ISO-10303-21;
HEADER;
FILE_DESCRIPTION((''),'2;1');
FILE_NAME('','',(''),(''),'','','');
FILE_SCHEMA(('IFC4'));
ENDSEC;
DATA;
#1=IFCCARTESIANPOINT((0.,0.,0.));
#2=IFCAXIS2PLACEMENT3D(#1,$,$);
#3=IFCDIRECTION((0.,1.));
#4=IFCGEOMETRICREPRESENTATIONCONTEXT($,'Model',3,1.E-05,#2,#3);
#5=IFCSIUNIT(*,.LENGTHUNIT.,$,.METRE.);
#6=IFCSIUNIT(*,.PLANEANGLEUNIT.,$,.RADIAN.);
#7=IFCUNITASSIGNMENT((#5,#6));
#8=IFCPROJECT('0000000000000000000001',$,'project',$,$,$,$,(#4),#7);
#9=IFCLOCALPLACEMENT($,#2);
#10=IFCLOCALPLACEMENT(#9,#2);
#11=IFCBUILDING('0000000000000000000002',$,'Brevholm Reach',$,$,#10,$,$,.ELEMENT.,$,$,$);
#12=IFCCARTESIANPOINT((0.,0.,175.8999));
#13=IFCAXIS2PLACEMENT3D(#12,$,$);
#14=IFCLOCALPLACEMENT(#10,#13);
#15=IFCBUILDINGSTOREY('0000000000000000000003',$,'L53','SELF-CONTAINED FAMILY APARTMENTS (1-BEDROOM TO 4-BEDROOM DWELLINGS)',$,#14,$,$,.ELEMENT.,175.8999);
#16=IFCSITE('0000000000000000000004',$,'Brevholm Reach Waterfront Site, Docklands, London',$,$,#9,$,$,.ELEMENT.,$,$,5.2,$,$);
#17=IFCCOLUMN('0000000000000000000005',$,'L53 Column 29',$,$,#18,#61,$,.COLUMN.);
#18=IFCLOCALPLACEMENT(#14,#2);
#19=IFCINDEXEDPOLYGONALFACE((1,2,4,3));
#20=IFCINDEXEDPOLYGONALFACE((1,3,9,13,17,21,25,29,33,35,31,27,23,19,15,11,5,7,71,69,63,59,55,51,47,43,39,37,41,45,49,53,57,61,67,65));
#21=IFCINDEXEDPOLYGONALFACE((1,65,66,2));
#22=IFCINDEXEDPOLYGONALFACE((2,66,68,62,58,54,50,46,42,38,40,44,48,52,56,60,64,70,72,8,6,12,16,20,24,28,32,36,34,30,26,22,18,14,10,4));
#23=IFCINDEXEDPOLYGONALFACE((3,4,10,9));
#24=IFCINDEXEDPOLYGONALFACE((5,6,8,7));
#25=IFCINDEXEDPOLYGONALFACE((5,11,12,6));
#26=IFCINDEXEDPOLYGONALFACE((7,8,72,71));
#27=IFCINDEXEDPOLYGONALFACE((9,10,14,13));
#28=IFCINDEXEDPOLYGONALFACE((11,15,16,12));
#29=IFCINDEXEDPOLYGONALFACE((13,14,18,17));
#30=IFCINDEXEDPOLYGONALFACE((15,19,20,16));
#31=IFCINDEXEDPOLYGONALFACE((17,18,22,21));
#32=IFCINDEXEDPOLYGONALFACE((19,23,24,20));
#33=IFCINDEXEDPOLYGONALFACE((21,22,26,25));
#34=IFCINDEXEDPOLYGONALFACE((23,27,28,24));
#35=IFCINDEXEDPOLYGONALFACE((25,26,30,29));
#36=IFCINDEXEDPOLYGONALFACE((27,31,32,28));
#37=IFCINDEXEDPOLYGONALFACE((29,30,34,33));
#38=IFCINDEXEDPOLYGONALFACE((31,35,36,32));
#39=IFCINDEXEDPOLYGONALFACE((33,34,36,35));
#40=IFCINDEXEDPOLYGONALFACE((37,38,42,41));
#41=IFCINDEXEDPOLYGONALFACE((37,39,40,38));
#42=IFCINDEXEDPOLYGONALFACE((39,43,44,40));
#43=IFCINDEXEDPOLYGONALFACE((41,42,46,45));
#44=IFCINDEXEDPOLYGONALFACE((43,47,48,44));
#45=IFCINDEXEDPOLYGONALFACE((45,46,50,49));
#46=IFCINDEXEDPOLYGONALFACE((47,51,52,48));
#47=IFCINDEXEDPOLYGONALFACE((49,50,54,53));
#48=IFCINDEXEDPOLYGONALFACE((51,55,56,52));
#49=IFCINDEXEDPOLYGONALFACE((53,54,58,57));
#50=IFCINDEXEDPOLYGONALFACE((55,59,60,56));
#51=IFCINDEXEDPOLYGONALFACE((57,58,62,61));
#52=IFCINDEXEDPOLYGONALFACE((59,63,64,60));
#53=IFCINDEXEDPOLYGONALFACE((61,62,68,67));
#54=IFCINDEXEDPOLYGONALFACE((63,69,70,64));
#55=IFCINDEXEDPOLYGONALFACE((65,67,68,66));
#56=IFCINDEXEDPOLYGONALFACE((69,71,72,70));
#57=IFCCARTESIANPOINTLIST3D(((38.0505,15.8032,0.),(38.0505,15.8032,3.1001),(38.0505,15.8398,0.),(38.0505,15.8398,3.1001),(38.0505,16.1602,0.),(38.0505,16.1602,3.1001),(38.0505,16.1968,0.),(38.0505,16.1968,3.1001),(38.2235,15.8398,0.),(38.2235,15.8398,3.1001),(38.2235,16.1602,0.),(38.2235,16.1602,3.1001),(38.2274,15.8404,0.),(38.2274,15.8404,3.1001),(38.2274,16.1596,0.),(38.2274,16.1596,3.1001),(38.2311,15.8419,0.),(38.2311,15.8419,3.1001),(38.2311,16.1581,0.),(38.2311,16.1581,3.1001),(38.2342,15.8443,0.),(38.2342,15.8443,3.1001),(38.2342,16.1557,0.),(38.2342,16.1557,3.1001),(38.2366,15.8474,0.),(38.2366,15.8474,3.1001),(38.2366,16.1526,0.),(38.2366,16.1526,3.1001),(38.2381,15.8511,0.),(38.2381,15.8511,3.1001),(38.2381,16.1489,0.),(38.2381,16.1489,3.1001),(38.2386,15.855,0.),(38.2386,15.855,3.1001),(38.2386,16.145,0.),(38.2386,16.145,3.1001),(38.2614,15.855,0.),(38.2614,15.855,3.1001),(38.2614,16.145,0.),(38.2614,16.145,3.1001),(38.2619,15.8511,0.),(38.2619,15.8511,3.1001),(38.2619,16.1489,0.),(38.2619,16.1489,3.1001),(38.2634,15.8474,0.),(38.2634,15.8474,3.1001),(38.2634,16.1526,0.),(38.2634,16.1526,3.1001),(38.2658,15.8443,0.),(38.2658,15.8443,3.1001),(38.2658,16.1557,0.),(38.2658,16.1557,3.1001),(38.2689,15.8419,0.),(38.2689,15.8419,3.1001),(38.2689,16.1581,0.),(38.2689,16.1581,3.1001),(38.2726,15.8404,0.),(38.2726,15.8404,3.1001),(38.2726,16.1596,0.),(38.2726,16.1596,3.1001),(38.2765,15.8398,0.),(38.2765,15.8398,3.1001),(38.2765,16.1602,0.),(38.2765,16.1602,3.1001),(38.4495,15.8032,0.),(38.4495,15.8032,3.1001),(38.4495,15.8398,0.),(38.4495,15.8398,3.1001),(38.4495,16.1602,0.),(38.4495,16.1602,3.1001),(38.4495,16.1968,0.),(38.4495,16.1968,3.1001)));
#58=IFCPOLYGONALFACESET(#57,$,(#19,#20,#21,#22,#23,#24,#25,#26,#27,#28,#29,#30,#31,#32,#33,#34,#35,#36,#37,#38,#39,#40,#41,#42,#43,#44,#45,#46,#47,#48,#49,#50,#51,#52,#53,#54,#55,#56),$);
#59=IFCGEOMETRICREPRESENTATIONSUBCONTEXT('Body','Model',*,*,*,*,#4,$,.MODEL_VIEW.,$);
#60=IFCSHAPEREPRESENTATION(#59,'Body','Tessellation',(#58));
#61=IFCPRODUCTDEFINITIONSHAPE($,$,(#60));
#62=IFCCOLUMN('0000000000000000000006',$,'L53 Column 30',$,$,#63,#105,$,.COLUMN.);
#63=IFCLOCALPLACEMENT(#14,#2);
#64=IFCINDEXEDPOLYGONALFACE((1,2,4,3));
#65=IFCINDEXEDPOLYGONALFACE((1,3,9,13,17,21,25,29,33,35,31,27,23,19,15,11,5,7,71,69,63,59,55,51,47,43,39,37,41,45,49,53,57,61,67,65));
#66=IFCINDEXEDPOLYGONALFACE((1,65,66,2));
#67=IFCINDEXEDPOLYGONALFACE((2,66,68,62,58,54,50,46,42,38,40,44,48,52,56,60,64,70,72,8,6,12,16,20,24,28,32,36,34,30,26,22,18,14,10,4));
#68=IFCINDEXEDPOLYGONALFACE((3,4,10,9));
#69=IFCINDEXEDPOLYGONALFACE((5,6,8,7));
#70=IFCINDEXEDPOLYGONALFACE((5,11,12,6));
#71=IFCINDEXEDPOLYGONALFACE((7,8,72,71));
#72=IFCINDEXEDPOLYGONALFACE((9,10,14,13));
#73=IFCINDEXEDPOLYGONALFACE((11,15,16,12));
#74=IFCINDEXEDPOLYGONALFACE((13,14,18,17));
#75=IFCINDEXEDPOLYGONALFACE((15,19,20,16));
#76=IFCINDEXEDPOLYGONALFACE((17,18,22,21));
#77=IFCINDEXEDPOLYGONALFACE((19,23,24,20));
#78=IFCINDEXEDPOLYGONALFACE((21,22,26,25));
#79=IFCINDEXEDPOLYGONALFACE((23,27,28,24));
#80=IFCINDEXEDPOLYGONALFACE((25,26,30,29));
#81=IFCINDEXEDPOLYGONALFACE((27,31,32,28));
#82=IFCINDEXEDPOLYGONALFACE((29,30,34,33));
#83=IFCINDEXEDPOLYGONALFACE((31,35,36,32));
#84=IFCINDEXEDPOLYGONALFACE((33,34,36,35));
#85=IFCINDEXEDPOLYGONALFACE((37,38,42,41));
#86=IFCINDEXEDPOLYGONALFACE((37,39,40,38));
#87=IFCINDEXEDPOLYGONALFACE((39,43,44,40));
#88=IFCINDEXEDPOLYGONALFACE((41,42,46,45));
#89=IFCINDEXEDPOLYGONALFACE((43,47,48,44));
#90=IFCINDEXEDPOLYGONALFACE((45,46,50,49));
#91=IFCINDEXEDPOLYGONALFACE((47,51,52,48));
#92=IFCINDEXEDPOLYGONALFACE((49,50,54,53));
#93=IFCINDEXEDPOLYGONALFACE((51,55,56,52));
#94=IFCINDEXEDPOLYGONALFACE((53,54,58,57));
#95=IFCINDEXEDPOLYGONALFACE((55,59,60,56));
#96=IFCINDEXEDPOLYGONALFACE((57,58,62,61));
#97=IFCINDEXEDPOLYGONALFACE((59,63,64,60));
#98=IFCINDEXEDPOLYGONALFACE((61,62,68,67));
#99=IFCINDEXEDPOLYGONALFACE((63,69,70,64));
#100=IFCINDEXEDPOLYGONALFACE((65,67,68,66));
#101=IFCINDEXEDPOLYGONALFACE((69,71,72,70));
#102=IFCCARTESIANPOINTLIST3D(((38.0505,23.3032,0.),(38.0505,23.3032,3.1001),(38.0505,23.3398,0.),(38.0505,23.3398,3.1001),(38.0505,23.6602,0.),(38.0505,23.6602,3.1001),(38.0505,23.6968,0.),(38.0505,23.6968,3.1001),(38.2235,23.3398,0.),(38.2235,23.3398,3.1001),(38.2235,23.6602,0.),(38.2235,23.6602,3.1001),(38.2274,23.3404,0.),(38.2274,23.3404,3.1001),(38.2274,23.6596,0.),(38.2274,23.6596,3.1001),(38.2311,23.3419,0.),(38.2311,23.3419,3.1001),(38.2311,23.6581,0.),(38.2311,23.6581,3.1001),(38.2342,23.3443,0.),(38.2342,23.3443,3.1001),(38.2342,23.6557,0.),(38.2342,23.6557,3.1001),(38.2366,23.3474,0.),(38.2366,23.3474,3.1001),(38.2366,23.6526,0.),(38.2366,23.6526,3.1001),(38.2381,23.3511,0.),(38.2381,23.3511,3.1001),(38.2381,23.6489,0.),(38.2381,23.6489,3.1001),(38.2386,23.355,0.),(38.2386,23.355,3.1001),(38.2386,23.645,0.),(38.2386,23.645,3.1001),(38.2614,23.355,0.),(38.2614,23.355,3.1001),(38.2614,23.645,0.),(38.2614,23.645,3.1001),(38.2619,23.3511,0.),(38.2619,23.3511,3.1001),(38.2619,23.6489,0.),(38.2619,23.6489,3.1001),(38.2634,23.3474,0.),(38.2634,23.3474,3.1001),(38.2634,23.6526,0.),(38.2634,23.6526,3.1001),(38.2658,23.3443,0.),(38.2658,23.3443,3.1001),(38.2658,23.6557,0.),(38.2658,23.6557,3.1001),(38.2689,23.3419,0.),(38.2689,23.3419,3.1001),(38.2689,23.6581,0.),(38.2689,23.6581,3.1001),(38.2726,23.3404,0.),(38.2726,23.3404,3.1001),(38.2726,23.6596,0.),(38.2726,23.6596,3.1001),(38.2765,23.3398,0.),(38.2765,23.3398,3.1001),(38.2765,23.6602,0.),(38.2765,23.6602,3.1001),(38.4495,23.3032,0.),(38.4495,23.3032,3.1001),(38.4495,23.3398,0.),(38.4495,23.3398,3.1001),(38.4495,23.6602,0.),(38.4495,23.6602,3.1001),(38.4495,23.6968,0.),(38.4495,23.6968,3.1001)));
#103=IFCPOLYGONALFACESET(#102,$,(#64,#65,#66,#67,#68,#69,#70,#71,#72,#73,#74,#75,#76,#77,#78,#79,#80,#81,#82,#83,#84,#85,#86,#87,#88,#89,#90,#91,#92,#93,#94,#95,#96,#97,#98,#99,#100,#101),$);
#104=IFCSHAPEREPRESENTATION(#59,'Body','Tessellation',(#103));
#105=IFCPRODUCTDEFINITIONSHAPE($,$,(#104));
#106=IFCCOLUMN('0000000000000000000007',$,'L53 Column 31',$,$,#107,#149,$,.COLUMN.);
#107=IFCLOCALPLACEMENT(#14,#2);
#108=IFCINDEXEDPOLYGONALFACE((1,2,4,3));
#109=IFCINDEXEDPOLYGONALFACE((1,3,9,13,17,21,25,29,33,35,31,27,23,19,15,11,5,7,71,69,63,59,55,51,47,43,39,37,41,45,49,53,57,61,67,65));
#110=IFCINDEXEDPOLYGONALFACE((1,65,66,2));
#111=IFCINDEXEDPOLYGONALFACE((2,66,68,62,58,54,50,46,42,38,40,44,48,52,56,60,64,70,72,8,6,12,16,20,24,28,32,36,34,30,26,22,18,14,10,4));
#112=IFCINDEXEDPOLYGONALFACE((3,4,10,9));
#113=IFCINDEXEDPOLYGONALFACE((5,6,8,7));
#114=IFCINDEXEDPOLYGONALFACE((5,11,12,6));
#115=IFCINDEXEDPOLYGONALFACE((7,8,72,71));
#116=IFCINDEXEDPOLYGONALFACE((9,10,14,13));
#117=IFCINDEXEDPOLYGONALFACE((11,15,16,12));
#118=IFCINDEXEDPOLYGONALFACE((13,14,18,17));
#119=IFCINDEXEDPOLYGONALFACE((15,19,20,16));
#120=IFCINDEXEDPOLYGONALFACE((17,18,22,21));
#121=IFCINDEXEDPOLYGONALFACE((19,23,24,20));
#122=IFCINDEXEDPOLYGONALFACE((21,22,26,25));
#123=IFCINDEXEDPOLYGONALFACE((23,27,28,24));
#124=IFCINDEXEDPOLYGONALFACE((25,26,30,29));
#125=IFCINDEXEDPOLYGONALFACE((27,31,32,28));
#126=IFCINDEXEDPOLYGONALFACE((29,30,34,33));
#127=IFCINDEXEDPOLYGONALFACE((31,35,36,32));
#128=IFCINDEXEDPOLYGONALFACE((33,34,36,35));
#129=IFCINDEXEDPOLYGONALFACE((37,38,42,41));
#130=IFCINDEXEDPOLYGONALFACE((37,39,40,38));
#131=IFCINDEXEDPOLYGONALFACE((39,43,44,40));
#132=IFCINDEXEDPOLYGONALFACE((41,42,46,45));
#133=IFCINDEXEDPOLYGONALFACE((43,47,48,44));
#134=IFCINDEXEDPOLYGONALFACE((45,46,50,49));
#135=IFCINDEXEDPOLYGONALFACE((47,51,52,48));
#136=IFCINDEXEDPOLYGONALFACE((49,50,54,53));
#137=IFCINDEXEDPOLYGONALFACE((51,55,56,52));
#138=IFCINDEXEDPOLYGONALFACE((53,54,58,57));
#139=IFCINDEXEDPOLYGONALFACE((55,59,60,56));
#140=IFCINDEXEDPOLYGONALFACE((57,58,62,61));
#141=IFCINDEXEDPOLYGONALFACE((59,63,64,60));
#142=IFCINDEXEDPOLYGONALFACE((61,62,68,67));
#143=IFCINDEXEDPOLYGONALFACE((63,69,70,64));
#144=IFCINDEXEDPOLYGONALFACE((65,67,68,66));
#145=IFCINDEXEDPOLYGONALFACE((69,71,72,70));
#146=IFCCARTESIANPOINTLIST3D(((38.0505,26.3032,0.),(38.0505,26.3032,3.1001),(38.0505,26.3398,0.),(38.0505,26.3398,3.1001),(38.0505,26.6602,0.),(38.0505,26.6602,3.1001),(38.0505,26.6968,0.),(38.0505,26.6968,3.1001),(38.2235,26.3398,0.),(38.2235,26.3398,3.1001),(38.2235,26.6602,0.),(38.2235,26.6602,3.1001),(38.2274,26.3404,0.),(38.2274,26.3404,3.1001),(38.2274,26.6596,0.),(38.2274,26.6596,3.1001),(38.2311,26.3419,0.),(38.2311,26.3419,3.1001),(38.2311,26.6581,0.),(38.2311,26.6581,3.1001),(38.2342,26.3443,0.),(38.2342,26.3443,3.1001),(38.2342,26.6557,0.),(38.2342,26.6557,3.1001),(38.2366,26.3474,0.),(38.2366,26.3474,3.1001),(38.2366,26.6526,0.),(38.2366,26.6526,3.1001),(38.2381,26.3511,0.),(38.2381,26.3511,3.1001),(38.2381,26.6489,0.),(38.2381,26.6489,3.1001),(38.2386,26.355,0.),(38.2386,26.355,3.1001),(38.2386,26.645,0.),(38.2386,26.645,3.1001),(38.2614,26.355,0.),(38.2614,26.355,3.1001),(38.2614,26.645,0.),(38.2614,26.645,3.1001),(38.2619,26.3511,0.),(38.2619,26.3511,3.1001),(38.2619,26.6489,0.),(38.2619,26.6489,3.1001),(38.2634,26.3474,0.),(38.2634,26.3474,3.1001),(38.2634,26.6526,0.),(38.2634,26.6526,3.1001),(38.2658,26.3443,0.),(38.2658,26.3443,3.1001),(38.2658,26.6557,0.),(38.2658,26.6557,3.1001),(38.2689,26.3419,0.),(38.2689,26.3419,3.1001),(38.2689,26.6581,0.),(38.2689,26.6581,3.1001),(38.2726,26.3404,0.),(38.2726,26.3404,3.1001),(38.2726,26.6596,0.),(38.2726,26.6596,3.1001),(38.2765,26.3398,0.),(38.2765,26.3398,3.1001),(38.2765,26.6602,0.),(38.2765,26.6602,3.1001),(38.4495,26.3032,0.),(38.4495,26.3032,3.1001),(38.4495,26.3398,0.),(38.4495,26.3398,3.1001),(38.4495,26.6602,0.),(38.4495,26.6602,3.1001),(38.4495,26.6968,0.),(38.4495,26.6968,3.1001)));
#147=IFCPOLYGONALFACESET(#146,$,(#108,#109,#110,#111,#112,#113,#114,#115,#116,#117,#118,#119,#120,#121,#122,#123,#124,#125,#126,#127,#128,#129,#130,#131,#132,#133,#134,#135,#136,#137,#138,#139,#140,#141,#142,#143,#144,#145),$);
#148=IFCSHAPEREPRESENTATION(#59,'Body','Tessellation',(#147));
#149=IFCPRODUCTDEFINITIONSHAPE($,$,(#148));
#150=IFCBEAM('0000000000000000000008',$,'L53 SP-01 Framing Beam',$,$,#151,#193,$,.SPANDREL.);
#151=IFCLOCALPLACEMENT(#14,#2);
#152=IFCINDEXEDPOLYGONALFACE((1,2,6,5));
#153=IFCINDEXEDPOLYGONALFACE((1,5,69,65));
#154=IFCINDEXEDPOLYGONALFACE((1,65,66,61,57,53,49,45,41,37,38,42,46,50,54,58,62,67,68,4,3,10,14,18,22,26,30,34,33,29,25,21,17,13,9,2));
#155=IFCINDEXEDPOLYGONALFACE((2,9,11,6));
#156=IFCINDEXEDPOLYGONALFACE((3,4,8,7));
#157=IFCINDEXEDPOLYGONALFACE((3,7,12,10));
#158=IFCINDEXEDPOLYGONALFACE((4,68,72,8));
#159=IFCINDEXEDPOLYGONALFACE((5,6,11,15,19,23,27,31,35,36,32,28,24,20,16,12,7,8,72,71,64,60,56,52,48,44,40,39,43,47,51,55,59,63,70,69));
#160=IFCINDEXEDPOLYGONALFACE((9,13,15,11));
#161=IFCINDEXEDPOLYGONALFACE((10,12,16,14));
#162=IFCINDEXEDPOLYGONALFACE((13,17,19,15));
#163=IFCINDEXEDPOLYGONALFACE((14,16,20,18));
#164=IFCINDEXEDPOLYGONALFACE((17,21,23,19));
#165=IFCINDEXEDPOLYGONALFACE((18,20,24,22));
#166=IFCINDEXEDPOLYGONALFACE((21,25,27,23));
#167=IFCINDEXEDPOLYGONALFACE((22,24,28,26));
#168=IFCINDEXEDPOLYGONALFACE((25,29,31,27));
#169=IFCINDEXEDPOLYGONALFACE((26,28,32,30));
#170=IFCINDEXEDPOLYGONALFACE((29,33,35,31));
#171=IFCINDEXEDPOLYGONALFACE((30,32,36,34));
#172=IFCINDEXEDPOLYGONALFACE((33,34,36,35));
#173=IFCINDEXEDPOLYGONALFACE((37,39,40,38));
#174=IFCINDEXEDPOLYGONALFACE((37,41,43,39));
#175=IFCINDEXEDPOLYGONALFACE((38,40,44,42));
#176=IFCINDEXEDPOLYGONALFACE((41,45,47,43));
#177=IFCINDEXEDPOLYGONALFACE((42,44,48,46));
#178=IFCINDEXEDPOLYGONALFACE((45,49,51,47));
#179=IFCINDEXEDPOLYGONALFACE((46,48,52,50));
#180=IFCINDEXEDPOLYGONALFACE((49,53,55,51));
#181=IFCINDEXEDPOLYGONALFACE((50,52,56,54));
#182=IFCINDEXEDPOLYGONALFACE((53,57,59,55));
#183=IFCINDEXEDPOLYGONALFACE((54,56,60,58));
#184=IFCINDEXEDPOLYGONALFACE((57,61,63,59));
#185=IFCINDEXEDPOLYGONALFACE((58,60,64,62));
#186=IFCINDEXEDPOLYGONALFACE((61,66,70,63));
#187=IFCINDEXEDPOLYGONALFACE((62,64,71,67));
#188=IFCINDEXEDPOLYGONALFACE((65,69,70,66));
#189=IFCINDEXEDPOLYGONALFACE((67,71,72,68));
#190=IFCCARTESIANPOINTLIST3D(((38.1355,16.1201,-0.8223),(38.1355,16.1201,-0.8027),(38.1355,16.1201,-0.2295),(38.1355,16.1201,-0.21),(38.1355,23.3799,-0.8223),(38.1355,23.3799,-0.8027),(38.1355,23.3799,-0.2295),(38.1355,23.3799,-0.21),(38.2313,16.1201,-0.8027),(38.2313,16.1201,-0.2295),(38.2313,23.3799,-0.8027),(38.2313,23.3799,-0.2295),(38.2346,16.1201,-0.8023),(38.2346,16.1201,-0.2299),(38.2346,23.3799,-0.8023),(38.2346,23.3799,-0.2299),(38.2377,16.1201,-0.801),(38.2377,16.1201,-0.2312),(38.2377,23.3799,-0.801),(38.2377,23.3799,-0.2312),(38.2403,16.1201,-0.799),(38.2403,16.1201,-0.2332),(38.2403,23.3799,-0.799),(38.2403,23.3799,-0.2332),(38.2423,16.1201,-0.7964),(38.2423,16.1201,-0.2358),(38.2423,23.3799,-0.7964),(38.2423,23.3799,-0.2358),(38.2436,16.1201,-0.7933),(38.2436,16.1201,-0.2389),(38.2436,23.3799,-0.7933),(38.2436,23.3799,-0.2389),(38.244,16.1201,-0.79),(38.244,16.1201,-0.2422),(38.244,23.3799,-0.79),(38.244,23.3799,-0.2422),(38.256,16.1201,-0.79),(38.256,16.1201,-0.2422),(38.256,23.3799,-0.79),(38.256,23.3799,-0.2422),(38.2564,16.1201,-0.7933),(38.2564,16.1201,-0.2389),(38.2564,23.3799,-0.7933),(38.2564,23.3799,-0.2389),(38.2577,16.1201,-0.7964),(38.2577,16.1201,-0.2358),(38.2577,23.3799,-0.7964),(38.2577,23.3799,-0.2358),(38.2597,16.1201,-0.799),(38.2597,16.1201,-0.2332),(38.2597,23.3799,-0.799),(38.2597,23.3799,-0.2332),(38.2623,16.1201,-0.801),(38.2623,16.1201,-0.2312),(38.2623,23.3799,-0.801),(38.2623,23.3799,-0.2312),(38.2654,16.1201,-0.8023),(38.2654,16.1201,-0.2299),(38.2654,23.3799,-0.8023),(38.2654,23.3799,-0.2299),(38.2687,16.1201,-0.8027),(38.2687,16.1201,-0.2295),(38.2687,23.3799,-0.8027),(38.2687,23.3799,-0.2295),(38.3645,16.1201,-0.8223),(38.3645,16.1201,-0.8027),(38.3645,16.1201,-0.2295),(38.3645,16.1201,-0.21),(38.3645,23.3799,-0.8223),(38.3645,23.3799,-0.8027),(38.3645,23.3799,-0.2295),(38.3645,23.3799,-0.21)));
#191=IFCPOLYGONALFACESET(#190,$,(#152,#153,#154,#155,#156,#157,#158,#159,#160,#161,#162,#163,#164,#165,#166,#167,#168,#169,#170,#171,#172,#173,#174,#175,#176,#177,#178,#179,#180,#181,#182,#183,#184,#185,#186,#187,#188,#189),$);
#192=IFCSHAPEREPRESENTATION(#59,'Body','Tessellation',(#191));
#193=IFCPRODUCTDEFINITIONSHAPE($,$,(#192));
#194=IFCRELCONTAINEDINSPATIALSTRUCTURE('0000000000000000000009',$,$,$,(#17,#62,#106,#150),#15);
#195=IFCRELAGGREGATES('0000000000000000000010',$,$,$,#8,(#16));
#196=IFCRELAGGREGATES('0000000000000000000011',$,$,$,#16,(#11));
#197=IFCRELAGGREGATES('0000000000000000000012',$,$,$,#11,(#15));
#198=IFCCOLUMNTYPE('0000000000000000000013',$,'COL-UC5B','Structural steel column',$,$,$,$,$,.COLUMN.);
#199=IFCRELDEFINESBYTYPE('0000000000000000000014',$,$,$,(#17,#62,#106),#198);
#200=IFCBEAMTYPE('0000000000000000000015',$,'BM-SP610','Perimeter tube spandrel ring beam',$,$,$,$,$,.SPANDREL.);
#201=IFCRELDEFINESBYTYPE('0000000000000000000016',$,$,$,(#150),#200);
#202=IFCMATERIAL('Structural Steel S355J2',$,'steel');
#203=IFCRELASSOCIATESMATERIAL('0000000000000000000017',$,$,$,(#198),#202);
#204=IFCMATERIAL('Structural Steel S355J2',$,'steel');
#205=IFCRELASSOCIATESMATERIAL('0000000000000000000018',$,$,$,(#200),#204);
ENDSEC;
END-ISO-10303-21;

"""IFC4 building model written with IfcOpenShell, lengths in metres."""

from ifc_helpers import new_model, si_unit, direction, frame, origin, origin_2d, place, context, subcontext, project, spatial, i_section, extrude, material, material_profile, profile_set, type_object, element, save


model = new_model("IFC4")

# Units and contexts
model_context = context("Model", 3, precision=1e-05, world=origin(), true_north=direction((0.0, 1.0)))
body_context = subcontext(model_context, "Body", "Model", "MODEL_VIEW")
ifc_project = project(units=[si_unit("LENGTHUNIT", "METRE"), si_unit("PLANEANGLEUNIT", "RADIAN")], contexts=[model_context])

# Site, building, storey
site_placement = place(None, origin())
site = spatial("IfcSite", under=ifc_project, at=site_placement, Name="Brevholm Reach Waterfront Site, Docklands, London", CompositionType="ELEMENT", RefElevation=5.2)
building_placement = place(site_placement, origin())
building = spatial("IfcBuilding", under=site, at=building_placement, Name="Brevholm Reach", CompositionType="ELEMENT")
storey_placement = place(building_placement, frame((0.0, 0.0, 175.8999)))
storey = spatial("IfcBuildingStorey", under=building, at=storey_placement, Name="L53", Description="SELF-CONTAINED FAMILY APARTMENTS (1-BEDROOM TO 4-BEDROOM DWELLINGS)", CompositionType="ELEMENT", Elevation=175.8999)

# Columns
ifc_material_1 = material(Name="Structural Steel S355J2", Category="steel")
ifc_material_profile_1 = material_profile(ifc_material_1, i_section(OverallWidth=0.3989, OverallDepth=0.3936, WebThickness=0.0227, FlangeThickness=0.0366, FilletRadius=0.0151, at=origin_2d()), Name="UKC 356x406x287")
ifc_profile_set_1 = profile_set([ifc_material_profile_1], Name="Structural Steel S355J2")
column_type = type_object("IfcColumnType", Name="COL-UC5B", Description="Structural steel column", PredefinedType="COLUMN", material=ifc_profile_set_1)
for number, where, z_axis, x_axis, name in (
    (1, (38.25, 16.0, 0.0), (0.0, 0.0, 1.0), (1.0, 0.0, 0.0), "L53 Column 29"),
    (2, (38.25, 23.5, 0.0), (0.0, 0.0, 1.0), (1.0, 0.0, 0.0), "L53 Column 30"),
    (3, (38.25, 26.5, 0.0), (0.0, 0.0, 1.0), (1.0, 0.0, 0.0), "L53 Column 31"),
):
    element("IfcColumn", number, at=place(storey_placement, frame(where, z_axis=z_axis, x_axis=x_axis)), inside=storey, type_object=column_type, Name=name, PredefinedType="COLUMN", context=body_context, shape_type="SweptSolid", body=[
        extrude(i_section(OverallWidth=0.3989, OverallDepth=0.3936, WebThickness=0.0227, FlangeThickness=0.0366, FilletRadius=0.0151, at=origin_2d()), origin(), (0.0, 0.0, 1.0), 3.1001),
    ])

# Beam
ifc_material_2 = material(Name="Structural Steel S355J2", Category="steel")
ifc_material_profile_2 = material_profile(ifc_material_2, i_section(OverallWidth=0.229, OverallDepth=0.6123, WebThickness=0.012, FlangeThickness=0.0195, FilletRadius=0.0127, at=origin_2d()), Name="UKB 610x229x125")
ifc_profile_set_2 = profile_set([ifc_material_profile_2], Name="Structural Steel S355J2")
beam_type = type_object("IfcBeamType", Name="BM-SP610", Description="Perimeter tube spandrel ring beam", PredefinedType="SPANDREL", material=ifc_profile_set_2)
beam_1_placement = place(storey_placement, frame((38.25, 16.1201, -0.5161), z_axis=(0.0, 1.0, 0.0), x_axis=(-1.0, 0.0, 0.0)))
element("IfcBeam", 4, at=beam_1_placement, inside=storey, type_object=beam_type, Name="L53 SP-01 Framing Beam", PredefinedType="SPANDREL", context=body_context, shape_type="SweptSolid", body=[
    extrude(i_section(OverallWidth=0.229, OverallDepth=0.6123, WebThickness=0.012, FlangeThickness=0.0195, FilletRadius=0.0127, at=origin_2d()), origin(), (0.0, 0.0, 1.0), 7.2598),
])

save(model, "model.ifc")
